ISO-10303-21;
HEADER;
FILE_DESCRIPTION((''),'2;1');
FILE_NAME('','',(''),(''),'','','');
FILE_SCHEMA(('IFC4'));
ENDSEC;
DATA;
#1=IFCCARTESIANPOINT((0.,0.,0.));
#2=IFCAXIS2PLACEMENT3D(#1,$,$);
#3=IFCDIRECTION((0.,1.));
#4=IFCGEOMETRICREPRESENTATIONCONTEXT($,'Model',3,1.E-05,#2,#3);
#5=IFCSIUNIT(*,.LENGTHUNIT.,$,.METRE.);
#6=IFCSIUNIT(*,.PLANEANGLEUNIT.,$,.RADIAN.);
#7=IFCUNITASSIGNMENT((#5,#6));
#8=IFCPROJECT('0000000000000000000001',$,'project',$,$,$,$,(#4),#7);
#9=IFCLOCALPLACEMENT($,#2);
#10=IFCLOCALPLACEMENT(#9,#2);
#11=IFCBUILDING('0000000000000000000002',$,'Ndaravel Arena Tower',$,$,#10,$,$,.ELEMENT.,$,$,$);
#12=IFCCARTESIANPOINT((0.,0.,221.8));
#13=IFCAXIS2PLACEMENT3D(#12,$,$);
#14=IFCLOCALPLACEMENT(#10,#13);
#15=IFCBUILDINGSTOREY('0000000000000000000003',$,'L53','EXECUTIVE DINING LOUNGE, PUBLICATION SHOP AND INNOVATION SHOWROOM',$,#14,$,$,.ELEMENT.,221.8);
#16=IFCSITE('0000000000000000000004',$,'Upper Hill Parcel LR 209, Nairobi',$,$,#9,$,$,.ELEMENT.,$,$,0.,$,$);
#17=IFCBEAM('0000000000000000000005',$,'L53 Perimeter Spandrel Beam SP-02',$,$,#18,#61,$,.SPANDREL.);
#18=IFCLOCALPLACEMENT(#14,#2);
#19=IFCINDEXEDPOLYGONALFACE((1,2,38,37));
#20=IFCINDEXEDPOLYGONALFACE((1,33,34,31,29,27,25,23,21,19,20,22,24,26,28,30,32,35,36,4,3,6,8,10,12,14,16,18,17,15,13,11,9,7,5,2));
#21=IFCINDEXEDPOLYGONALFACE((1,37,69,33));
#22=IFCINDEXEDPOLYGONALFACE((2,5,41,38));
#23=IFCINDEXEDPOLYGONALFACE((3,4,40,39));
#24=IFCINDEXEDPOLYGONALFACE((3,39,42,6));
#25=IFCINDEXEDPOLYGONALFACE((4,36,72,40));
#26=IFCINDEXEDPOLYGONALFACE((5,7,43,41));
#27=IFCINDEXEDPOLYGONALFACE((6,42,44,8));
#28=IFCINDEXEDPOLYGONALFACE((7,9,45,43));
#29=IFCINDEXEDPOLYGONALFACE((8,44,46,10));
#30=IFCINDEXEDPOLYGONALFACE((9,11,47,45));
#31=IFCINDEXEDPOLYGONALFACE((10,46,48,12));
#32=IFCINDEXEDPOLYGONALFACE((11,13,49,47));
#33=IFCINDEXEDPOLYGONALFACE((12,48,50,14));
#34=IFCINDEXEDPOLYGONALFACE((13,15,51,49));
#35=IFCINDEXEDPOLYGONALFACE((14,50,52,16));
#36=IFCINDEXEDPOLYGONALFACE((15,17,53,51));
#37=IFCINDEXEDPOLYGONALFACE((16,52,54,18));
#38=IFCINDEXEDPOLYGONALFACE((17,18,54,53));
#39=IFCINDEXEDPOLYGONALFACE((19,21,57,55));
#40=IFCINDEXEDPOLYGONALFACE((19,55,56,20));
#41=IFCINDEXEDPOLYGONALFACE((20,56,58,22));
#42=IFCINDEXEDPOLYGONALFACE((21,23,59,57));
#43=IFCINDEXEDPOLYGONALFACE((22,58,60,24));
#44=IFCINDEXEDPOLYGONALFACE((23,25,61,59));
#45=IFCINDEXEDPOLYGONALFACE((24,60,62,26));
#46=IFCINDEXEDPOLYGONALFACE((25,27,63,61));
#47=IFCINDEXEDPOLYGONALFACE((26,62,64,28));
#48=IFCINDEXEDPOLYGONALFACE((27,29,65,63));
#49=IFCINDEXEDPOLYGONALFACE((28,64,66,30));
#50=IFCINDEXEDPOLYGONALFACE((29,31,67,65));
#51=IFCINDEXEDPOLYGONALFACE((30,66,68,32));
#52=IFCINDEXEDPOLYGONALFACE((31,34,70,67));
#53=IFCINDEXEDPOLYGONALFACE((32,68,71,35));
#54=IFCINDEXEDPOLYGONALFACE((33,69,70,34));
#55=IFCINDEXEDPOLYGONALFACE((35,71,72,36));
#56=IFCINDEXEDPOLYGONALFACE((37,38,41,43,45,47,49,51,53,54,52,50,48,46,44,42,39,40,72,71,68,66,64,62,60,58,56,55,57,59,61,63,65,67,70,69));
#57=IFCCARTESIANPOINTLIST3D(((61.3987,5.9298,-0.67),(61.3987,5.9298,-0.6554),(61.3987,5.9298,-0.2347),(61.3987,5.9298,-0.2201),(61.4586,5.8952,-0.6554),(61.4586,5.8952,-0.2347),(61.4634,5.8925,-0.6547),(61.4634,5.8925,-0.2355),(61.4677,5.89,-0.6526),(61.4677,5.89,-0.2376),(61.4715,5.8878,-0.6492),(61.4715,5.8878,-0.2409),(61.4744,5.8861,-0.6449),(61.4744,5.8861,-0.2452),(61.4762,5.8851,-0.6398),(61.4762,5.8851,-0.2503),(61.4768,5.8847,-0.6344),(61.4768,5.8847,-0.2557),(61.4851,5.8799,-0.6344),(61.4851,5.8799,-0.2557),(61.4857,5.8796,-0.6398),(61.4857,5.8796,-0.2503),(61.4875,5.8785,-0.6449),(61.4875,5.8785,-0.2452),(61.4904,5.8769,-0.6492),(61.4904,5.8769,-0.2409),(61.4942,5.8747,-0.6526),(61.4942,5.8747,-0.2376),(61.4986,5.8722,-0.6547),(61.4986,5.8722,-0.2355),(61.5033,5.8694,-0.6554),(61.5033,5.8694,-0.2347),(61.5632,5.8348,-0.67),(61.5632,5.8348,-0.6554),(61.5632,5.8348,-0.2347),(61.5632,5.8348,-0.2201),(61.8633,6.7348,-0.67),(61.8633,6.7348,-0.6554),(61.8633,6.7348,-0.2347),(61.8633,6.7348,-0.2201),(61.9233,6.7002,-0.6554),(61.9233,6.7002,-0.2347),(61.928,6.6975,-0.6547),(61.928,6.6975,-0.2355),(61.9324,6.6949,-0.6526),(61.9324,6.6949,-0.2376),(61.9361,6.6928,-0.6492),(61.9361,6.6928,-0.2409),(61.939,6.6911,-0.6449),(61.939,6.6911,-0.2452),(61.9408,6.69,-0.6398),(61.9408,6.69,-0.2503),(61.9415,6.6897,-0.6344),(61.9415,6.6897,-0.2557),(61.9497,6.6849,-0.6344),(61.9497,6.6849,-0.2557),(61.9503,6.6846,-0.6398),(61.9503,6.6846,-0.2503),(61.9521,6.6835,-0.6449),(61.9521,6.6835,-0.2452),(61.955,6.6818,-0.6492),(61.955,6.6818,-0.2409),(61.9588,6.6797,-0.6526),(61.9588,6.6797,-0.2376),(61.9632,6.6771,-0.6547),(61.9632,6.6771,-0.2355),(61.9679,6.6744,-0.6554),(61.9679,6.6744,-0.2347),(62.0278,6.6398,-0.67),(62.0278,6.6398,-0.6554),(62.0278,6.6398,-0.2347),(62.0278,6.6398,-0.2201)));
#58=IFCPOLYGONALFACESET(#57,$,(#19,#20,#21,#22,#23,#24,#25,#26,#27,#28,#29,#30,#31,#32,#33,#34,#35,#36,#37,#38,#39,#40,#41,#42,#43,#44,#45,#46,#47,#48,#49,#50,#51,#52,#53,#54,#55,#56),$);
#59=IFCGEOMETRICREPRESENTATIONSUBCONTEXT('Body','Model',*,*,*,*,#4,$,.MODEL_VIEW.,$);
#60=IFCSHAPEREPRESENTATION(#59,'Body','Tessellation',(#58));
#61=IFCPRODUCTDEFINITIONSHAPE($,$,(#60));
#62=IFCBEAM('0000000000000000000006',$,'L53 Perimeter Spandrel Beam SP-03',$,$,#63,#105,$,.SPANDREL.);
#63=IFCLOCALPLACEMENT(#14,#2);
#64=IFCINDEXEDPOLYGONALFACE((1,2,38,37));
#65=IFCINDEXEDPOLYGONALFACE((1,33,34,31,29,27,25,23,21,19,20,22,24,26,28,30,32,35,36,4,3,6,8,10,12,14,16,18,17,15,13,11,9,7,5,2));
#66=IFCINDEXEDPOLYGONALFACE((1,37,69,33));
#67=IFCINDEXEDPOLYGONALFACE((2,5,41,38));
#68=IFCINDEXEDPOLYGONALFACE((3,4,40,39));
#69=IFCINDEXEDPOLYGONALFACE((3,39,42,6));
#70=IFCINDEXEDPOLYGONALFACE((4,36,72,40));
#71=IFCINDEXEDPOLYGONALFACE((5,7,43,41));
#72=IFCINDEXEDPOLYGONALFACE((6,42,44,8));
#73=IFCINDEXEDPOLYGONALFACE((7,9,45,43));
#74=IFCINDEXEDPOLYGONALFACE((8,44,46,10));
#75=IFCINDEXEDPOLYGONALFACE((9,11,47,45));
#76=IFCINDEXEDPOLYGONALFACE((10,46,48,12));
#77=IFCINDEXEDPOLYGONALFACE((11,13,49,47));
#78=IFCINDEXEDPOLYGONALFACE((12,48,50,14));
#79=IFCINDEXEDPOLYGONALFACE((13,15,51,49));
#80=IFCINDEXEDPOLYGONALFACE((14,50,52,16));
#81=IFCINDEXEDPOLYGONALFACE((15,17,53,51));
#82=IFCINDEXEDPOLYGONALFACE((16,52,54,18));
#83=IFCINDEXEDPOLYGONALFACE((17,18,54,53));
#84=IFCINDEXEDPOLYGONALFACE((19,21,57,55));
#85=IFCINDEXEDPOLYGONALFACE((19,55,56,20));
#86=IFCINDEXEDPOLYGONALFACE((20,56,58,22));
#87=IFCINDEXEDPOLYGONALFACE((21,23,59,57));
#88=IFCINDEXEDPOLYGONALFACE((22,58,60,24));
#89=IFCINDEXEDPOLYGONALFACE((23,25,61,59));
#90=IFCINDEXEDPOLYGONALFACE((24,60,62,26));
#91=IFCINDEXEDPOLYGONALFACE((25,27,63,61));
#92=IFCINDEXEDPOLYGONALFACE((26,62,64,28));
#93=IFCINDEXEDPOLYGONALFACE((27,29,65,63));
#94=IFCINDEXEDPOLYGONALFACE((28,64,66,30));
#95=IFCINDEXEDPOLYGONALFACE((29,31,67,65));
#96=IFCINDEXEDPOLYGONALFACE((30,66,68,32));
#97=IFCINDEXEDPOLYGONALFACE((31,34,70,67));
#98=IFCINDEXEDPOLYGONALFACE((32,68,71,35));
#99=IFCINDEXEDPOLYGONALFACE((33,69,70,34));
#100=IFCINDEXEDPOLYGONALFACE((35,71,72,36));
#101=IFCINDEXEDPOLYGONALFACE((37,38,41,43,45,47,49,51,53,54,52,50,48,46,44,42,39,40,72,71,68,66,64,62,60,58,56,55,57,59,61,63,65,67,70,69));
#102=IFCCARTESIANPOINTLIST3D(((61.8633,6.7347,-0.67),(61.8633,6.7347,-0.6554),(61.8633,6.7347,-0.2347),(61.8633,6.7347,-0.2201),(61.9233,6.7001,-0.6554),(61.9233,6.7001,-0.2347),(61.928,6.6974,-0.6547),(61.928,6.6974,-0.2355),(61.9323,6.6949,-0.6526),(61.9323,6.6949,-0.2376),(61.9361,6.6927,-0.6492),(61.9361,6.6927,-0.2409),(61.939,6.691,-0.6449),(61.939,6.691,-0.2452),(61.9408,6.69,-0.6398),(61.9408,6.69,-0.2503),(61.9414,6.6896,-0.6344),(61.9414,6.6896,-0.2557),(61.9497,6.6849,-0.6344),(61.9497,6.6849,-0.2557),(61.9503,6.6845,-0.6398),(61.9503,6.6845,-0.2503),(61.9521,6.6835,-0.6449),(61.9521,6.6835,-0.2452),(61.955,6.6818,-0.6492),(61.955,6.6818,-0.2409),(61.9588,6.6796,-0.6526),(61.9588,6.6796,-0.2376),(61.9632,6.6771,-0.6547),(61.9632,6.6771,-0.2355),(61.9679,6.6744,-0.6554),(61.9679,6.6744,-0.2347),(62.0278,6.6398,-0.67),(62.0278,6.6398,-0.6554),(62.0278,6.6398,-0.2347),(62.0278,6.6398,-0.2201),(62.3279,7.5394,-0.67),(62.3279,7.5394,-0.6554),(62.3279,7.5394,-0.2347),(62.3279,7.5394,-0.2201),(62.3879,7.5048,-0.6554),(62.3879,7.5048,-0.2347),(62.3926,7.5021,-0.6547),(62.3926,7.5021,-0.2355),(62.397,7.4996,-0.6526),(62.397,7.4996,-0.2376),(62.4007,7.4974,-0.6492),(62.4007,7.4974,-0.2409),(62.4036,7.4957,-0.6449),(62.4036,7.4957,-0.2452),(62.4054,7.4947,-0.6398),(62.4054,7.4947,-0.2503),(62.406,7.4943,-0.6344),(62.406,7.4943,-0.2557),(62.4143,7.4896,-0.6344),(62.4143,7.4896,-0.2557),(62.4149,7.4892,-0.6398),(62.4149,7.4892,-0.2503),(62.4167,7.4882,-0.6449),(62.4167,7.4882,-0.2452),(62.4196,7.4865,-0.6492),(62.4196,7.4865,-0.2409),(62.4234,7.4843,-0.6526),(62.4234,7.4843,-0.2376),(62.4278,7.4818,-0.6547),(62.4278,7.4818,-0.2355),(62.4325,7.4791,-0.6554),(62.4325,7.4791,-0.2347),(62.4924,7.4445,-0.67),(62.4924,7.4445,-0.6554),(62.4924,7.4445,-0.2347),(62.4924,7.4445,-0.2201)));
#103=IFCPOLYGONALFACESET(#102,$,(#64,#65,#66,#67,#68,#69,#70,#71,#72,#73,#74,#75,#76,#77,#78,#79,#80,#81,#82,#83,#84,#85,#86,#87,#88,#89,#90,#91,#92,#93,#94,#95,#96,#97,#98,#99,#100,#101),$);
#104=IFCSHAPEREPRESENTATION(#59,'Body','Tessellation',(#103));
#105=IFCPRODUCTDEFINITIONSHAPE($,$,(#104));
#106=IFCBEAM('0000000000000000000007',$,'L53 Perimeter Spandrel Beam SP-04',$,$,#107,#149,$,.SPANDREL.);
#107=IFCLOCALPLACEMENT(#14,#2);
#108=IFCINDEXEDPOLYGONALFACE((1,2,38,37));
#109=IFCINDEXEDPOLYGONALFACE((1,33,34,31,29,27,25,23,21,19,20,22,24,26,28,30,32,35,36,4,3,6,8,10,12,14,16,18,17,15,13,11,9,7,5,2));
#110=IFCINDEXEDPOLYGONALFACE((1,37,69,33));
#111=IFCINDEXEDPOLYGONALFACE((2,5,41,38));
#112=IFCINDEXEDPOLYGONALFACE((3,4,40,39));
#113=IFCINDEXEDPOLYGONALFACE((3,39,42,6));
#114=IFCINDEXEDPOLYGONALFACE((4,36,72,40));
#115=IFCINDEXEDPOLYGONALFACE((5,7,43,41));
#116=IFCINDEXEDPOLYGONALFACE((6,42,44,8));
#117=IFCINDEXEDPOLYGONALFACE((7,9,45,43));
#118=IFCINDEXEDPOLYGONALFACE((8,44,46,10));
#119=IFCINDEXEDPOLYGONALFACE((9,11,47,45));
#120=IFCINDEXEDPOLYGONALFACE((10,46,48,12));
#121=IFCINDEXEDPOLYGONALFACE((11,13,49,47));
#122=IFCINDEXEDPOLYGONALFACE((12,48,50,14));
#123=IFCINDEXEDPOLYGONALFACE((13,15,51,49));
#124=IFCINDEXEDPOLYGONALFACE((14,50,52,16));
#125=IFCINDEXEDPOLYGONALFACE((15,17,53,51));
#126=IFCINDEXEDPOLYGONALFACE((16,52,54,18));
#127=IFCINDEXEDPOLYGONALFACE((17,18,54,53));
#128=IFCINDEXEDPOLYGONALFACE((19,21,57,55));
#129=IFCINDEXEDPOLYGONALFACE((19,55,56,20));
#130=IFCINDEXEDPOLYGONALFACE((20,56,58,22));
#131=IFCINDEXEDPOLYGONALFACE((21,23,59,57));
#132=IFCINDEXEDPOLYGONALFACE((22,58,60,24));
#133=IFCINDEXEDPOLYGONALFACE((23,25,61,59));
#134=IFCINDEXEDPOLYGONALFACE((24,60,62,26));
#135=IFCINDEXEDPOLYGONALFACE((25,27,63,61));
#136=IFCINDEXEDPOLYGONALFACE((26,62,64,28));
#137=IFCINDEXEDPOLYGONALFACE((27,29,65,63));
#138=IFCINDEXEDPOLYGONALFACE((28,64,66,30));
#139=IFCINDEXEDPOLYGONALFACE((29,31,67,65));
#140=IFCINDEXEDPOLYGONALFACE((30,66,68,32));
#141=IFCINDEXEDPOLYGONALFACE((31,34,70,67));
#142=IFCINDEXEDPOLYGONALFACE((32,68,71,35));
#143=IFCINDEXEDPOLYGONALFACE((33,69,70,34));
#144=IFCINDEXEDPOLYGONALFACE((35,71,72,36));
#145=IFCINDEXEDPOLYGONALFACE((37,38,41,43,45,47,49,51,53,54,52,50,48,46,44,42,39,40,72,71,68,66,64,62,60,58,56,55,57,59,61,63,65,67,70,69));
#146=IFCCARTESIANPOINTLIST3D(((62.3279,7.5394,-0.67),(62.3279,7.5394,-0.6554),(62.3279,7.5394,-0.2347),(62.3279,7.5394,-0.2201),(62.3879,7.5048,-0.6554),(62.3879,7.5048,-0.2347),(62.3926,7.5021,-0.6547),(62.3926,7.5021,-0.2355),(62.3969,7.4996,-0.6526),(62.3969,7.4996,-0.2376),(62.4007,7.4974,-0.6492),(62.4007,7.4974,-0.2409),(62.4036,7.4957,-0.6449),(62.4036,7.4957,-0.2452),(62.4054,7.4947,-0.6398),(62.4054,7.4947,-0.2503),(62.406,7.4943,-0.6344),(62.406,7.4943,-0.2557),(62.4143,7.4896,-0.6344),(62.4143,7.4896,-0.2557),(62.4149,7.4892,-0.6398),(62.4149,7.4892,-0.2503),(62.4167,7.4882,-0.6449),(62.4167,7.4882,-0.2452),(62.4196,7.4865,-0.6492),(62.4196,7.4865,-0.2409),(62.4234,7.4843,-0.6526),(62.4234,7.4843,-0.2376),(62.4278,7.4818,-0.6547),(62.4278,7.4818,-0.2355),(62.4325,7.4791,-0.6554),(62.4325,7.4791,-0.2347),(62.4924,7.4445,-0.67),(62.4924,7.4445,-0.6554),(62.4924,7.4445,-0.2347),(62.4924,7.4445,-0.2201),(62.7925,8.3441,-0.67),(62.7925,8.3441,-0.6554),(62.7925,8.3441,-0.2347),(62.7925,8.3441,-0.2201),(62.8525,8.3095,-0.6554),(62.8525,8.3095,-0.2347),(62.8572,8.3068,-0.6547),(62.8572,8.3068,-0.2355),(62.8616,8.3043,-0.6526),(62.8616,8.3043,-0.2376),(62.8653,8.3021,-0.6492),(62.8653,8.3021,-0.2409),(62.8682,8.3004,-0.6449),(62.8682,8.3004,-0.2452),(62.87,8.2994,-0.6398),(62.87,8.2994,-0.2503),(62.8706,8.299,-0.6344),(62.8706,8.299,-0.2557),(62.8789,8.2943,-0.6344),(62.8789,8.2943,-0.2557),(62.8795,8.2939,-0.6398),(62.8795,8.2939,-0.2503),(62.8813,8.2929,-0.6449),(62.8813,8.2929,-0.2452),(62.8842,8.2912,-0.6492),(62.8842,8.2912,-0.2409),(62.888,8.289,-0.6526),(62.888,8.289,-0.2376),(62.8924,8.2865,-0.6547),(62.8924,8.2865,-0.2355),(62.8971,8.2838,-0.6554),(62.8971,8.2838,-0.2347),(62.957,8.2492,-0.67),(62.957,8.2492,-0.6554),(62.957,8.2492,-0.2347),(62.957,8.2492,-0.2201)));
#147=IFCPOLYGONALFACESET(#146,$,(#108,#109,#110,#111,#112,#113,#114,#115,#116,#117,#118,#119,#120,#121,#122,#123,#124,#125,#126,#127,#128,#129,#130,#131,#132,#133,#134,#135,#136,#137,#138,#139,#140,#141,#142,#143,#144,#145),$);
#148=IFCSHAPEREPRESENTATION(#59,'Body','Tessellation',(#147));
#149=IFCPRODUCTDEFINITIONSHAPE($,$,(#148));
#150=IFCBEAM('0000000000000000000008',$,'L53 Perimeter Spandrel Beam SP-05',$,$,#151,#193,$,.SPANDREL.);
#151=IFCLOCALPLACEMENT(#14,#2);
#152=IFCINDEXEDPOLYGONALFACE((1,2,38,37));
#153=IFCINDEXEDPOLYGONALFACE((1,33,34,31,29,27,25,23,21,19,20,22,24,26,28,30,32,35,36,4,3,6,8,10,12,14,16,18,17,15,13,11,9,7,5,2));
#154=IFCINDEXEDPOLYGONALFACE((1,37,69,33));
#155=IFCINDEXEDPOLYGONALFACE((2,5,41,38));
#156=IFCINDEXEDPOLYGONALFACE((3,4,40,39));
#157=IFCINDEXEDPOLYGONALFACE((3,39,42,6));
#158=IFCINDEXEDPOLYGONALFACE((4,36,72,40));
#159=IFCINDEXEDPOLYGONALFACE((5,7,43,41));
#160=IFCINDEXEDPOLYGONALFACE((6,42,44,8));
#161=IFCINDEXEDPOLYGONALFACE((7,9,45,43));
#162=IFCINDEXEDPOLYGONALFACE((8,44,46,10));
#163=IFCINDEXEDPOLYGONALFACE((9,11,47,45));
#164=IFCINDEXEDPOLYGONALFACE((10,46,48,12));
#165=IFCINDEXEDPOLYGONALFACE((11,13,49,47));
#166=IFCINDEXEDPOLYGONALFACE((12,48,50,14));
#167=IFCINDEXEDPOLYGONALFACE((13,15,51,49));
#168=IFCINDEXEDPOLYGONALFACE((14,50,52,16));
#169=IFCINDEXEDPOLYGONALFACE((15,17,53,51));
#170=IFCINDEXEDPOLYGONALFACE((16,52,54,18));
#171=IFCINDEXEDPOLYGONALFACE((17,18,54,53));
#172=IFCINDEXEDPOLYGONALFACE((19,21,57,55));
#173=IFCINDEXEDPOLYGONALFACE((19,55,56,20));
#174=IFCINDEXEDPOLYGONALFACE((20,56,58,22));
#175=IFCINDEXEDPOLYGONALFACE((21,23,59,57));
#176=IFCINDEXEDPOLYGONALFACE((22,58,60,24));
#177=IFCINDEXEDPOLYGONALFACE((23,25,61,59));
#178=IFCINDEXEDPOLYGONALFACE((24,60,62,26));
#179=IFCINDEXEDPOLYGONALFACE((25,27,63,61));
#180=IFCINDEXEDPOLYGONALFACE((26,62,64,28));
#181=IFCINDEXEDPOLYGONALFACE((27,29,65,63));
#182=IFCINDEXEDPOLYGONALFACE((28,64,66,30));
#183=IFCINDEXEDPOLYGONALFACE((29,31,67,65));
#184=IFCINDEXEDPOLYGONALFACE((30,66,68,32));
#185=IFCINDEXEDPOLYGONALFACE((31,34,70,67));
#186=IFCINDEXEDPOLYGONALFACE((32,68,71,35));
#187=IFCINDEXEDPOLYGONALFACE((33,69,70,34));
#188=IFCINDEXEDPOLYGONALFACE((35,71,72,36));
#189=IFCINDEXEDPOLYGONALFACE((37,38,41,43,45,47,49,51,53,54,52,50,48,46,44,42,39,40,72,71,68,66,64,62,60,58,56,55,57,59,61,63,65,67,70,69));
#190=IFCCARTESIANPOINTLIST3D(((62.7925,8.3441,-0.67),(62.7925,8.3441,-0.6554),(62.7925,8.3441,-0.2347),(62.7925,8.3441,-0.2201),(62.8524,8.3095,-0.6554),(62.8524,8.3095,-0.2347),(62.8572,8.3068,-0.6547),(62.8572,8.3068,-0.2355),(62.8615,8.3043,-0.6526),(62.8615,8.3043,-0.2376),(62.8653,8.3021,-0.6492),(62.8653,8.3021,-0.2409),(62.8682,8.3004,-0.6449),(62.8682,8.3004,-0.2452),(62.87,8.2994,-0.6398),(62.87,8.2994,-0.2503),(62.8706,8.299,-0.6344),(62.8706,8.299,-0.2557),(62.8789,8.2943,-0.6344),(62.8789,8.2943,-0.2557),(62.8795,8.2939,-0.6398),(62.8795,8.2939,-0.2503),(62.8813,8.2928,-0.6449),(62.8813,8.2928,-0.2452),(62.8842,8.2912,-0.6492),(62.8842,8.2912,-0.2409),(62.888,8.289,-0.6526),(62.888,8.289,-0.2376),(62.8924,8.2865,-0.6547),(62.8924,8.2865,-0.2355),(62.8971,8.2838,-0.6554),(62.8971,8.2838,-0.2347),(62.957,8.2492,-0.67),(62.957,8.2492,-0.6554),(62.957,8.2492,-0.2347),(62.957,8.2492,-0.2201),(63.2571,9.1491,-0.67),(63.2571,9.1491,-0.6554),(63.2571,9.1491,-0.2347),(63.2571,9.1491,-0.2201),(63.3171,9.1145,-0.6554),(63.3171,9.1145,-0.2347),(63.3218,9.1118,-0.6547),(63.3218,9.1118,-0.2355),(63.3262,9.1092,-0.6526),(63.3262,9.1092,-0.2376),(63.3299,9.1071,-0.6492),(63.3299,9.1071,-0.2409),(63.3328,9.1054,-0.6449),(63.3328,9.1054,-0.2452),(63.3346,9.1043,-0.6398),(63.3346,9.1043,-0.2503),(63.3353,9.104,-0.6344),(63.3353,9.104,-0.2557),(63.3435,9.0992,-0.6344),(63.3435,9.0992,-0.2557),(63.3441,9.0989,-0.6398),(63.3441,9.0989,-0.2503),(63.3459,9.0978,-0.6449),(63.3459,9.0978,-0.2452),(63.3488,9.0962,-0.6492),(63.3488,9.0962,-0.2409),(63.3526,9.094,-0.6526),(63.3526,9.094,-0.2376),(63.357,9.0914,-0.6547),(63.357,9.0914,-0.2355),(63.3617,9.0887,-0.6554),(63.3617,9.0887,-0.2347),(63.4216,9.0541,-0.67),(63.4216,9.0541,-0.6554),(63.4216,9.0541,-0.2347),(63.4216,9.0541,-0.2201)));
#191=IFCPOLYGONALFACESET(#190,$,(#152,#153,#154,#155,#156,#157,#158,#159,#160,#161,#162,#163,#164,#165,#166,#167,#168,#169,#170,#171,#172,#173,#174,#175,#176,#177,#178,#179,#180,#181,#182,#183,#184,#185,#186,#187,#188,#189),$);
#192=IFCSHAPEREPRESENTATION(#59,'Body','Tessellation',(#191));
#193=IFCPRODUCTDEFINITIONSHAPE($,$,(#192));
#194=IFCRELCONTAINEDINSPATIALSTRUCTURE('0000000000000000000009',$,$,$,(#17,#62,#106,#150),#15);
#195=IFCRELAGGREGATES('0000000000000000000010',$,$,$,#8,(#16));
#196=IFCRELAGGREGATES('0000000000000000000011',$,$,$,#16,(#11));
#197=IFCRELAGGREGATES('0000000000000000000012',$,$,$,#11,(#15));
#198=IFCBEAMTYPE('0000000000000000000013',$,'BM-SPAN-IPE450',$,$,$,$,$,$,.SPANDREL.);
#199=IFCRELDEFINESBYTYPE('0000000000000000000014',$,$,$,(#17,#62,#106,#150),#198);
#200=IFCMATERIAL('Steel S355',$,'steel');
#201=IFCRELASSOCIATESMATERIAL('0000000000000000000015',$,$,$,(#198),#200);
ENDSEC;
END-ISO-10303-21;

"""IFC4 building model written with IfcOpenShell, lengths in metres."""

from ifc_helpers import new_model, si_unit, direction, frame, origin, origin_2d, place, context, subcontext, project, spatial, i_section, extrude, material, material_profile, profile_set, type_object, element, save


model = new_model("IFC4")

# Units and contexts
model_context = context("Model", 3, precision=1e-05, world=origin(), true_north=direction((0.0, 1.0)))
body_context = subcontext(model_context, "Body", "Model", "MODEL_VIEW")
ifc_project = project(units=[si_unit("LENGTHUNIT", "METRE"), si_unit("PLANEANGLEUNIT", "RADIAN")], contexts=[model_context])

# Site, building, storey
site_placement = place(None, origin())
site = spatial("IfcSite", under=ifc_project, at=site_placement, Name="Upper Hill Parcel LR 209, Nairobi", CompositionType="ELEMENT", RefElevation=0.0)
building_placement = place(site_placement, origin())
building = spatial("IfcBuilding", under=site, at=building_placement, Name="Ndaravel Arena Tower", CompositionType="ELEMENT")
storey_placement = place(building_placement, frame((0.0, 0.0, 221.8)))
storey = spatial("IfcBuildingStorey", under=building, at=storey_placement, Name="L53", Description="EXECUTIVE DINING LOUNGE, PUBLICATION SHOP AND INNOVATION SHOWROOM", CompositionType="ELEMENT", Elevation=221.8)

# Beams
ifc_material_1 = material(Name="Steel S355", Category="steel")
ifc_material_profile_1 = material_profile(ifc_material_1, i_section(OverallWidth=0.1899, OverallDepth=0.45, WebThickness=0.0095, FlangeThickness=0.0146, FilletRadius=0.021, at=origin_2d()), Name="IPE 450")
ifc_profile_set_1 = profile_set([ifc_material_profile_1], Name="Steel S355")
beam_type = type_object("IfcBeamType", Name="BM-SPAN-IPE450", PredefinedType="SPANDREL", material=ifc_profile_set_1)
beam_1_placement = place(storey_placement, frame((61.481, 5.8823, -0.4451), z_axis=(0.499897, 0.866085, 0.0), x_axis=(-0.866085, 0.499897, 0.0)))
element("IfcBeam", 1, at=beam_1_placement, inside=storey, type_object=beam_type, Name="L53 Perimeter Spandrel Beam SP-02", PredefinedType="SPANDREL", context=body_context, shape_type="SweptSolid", body=[
    extrude(i_section(OverallWidth=0.1899, OverallDepth=0.45, WebThickness=0.0095, FlangeThickness=0.0146, FilletRadius=0.021, at=origin_2d()), origin(), (0.0, 0.0, 1.0), 0.9294),
])
for number, where, z_axis, x_axis, name in (
    (2, (61.9456, 6.6873, -0.4451), (0.500011, 0.866019, 0.0), (-0.866019, 0.500011, 0.0), "L53 Perimeter Spandrel Beam SP-03"),
    (3, (62.4102, 7.4919, -0.4451), (0.500011, 0.866019, 0.0), (-0.866019, 0.500011, 0.0), "L53 Perimeter Spandrel Beam SP-04"),
):
    element("IfcBeam", number, at=place(storey_placement, frame(where, z_axis=z_axis, x_axis=x_axis)), inside=storey, type_object=beam_type, Name=name, PredefinedType="SPANDREL", context=body_context, shape_type="SweptSolid", body=[
        extrude(i_section(OverallWidth=0.1899, OverallDepth=0.45, WebThickness=0.0095, FlangeThickness=0.0146, FilletRadius=0.021, at=origin_2d()), origin(), (0.0, 0.0, 1.0), 0.9292),
    ])
beam_2_placement = place(storey_placement, frame((62.8748, 8.2966, -0.4451), z_axis=(0.499897, 0.866085, 0.0), x_axis=(-0.866085, 0.499897, 0.0)))
element("IfcBeam", 4, at=beam_2_placement, inside=storey, type_object=beam_type, Name="L53 Perimeter Spandrel Beam SP-05", PredefinedType="SPANDREL", context=body_context, shape_type="SweptSolid", body=[
    extrude(i_section(OverallWidth=0.1899, OverallDepth=0.45, WebThickness=0.0095, FlangeThickness=0.0146, FilletRadius=0.021, at=origin_2d()), origin(), (0.0, 0.0, 1.0), 0.9294),
])

save(model, "model.ifc")
